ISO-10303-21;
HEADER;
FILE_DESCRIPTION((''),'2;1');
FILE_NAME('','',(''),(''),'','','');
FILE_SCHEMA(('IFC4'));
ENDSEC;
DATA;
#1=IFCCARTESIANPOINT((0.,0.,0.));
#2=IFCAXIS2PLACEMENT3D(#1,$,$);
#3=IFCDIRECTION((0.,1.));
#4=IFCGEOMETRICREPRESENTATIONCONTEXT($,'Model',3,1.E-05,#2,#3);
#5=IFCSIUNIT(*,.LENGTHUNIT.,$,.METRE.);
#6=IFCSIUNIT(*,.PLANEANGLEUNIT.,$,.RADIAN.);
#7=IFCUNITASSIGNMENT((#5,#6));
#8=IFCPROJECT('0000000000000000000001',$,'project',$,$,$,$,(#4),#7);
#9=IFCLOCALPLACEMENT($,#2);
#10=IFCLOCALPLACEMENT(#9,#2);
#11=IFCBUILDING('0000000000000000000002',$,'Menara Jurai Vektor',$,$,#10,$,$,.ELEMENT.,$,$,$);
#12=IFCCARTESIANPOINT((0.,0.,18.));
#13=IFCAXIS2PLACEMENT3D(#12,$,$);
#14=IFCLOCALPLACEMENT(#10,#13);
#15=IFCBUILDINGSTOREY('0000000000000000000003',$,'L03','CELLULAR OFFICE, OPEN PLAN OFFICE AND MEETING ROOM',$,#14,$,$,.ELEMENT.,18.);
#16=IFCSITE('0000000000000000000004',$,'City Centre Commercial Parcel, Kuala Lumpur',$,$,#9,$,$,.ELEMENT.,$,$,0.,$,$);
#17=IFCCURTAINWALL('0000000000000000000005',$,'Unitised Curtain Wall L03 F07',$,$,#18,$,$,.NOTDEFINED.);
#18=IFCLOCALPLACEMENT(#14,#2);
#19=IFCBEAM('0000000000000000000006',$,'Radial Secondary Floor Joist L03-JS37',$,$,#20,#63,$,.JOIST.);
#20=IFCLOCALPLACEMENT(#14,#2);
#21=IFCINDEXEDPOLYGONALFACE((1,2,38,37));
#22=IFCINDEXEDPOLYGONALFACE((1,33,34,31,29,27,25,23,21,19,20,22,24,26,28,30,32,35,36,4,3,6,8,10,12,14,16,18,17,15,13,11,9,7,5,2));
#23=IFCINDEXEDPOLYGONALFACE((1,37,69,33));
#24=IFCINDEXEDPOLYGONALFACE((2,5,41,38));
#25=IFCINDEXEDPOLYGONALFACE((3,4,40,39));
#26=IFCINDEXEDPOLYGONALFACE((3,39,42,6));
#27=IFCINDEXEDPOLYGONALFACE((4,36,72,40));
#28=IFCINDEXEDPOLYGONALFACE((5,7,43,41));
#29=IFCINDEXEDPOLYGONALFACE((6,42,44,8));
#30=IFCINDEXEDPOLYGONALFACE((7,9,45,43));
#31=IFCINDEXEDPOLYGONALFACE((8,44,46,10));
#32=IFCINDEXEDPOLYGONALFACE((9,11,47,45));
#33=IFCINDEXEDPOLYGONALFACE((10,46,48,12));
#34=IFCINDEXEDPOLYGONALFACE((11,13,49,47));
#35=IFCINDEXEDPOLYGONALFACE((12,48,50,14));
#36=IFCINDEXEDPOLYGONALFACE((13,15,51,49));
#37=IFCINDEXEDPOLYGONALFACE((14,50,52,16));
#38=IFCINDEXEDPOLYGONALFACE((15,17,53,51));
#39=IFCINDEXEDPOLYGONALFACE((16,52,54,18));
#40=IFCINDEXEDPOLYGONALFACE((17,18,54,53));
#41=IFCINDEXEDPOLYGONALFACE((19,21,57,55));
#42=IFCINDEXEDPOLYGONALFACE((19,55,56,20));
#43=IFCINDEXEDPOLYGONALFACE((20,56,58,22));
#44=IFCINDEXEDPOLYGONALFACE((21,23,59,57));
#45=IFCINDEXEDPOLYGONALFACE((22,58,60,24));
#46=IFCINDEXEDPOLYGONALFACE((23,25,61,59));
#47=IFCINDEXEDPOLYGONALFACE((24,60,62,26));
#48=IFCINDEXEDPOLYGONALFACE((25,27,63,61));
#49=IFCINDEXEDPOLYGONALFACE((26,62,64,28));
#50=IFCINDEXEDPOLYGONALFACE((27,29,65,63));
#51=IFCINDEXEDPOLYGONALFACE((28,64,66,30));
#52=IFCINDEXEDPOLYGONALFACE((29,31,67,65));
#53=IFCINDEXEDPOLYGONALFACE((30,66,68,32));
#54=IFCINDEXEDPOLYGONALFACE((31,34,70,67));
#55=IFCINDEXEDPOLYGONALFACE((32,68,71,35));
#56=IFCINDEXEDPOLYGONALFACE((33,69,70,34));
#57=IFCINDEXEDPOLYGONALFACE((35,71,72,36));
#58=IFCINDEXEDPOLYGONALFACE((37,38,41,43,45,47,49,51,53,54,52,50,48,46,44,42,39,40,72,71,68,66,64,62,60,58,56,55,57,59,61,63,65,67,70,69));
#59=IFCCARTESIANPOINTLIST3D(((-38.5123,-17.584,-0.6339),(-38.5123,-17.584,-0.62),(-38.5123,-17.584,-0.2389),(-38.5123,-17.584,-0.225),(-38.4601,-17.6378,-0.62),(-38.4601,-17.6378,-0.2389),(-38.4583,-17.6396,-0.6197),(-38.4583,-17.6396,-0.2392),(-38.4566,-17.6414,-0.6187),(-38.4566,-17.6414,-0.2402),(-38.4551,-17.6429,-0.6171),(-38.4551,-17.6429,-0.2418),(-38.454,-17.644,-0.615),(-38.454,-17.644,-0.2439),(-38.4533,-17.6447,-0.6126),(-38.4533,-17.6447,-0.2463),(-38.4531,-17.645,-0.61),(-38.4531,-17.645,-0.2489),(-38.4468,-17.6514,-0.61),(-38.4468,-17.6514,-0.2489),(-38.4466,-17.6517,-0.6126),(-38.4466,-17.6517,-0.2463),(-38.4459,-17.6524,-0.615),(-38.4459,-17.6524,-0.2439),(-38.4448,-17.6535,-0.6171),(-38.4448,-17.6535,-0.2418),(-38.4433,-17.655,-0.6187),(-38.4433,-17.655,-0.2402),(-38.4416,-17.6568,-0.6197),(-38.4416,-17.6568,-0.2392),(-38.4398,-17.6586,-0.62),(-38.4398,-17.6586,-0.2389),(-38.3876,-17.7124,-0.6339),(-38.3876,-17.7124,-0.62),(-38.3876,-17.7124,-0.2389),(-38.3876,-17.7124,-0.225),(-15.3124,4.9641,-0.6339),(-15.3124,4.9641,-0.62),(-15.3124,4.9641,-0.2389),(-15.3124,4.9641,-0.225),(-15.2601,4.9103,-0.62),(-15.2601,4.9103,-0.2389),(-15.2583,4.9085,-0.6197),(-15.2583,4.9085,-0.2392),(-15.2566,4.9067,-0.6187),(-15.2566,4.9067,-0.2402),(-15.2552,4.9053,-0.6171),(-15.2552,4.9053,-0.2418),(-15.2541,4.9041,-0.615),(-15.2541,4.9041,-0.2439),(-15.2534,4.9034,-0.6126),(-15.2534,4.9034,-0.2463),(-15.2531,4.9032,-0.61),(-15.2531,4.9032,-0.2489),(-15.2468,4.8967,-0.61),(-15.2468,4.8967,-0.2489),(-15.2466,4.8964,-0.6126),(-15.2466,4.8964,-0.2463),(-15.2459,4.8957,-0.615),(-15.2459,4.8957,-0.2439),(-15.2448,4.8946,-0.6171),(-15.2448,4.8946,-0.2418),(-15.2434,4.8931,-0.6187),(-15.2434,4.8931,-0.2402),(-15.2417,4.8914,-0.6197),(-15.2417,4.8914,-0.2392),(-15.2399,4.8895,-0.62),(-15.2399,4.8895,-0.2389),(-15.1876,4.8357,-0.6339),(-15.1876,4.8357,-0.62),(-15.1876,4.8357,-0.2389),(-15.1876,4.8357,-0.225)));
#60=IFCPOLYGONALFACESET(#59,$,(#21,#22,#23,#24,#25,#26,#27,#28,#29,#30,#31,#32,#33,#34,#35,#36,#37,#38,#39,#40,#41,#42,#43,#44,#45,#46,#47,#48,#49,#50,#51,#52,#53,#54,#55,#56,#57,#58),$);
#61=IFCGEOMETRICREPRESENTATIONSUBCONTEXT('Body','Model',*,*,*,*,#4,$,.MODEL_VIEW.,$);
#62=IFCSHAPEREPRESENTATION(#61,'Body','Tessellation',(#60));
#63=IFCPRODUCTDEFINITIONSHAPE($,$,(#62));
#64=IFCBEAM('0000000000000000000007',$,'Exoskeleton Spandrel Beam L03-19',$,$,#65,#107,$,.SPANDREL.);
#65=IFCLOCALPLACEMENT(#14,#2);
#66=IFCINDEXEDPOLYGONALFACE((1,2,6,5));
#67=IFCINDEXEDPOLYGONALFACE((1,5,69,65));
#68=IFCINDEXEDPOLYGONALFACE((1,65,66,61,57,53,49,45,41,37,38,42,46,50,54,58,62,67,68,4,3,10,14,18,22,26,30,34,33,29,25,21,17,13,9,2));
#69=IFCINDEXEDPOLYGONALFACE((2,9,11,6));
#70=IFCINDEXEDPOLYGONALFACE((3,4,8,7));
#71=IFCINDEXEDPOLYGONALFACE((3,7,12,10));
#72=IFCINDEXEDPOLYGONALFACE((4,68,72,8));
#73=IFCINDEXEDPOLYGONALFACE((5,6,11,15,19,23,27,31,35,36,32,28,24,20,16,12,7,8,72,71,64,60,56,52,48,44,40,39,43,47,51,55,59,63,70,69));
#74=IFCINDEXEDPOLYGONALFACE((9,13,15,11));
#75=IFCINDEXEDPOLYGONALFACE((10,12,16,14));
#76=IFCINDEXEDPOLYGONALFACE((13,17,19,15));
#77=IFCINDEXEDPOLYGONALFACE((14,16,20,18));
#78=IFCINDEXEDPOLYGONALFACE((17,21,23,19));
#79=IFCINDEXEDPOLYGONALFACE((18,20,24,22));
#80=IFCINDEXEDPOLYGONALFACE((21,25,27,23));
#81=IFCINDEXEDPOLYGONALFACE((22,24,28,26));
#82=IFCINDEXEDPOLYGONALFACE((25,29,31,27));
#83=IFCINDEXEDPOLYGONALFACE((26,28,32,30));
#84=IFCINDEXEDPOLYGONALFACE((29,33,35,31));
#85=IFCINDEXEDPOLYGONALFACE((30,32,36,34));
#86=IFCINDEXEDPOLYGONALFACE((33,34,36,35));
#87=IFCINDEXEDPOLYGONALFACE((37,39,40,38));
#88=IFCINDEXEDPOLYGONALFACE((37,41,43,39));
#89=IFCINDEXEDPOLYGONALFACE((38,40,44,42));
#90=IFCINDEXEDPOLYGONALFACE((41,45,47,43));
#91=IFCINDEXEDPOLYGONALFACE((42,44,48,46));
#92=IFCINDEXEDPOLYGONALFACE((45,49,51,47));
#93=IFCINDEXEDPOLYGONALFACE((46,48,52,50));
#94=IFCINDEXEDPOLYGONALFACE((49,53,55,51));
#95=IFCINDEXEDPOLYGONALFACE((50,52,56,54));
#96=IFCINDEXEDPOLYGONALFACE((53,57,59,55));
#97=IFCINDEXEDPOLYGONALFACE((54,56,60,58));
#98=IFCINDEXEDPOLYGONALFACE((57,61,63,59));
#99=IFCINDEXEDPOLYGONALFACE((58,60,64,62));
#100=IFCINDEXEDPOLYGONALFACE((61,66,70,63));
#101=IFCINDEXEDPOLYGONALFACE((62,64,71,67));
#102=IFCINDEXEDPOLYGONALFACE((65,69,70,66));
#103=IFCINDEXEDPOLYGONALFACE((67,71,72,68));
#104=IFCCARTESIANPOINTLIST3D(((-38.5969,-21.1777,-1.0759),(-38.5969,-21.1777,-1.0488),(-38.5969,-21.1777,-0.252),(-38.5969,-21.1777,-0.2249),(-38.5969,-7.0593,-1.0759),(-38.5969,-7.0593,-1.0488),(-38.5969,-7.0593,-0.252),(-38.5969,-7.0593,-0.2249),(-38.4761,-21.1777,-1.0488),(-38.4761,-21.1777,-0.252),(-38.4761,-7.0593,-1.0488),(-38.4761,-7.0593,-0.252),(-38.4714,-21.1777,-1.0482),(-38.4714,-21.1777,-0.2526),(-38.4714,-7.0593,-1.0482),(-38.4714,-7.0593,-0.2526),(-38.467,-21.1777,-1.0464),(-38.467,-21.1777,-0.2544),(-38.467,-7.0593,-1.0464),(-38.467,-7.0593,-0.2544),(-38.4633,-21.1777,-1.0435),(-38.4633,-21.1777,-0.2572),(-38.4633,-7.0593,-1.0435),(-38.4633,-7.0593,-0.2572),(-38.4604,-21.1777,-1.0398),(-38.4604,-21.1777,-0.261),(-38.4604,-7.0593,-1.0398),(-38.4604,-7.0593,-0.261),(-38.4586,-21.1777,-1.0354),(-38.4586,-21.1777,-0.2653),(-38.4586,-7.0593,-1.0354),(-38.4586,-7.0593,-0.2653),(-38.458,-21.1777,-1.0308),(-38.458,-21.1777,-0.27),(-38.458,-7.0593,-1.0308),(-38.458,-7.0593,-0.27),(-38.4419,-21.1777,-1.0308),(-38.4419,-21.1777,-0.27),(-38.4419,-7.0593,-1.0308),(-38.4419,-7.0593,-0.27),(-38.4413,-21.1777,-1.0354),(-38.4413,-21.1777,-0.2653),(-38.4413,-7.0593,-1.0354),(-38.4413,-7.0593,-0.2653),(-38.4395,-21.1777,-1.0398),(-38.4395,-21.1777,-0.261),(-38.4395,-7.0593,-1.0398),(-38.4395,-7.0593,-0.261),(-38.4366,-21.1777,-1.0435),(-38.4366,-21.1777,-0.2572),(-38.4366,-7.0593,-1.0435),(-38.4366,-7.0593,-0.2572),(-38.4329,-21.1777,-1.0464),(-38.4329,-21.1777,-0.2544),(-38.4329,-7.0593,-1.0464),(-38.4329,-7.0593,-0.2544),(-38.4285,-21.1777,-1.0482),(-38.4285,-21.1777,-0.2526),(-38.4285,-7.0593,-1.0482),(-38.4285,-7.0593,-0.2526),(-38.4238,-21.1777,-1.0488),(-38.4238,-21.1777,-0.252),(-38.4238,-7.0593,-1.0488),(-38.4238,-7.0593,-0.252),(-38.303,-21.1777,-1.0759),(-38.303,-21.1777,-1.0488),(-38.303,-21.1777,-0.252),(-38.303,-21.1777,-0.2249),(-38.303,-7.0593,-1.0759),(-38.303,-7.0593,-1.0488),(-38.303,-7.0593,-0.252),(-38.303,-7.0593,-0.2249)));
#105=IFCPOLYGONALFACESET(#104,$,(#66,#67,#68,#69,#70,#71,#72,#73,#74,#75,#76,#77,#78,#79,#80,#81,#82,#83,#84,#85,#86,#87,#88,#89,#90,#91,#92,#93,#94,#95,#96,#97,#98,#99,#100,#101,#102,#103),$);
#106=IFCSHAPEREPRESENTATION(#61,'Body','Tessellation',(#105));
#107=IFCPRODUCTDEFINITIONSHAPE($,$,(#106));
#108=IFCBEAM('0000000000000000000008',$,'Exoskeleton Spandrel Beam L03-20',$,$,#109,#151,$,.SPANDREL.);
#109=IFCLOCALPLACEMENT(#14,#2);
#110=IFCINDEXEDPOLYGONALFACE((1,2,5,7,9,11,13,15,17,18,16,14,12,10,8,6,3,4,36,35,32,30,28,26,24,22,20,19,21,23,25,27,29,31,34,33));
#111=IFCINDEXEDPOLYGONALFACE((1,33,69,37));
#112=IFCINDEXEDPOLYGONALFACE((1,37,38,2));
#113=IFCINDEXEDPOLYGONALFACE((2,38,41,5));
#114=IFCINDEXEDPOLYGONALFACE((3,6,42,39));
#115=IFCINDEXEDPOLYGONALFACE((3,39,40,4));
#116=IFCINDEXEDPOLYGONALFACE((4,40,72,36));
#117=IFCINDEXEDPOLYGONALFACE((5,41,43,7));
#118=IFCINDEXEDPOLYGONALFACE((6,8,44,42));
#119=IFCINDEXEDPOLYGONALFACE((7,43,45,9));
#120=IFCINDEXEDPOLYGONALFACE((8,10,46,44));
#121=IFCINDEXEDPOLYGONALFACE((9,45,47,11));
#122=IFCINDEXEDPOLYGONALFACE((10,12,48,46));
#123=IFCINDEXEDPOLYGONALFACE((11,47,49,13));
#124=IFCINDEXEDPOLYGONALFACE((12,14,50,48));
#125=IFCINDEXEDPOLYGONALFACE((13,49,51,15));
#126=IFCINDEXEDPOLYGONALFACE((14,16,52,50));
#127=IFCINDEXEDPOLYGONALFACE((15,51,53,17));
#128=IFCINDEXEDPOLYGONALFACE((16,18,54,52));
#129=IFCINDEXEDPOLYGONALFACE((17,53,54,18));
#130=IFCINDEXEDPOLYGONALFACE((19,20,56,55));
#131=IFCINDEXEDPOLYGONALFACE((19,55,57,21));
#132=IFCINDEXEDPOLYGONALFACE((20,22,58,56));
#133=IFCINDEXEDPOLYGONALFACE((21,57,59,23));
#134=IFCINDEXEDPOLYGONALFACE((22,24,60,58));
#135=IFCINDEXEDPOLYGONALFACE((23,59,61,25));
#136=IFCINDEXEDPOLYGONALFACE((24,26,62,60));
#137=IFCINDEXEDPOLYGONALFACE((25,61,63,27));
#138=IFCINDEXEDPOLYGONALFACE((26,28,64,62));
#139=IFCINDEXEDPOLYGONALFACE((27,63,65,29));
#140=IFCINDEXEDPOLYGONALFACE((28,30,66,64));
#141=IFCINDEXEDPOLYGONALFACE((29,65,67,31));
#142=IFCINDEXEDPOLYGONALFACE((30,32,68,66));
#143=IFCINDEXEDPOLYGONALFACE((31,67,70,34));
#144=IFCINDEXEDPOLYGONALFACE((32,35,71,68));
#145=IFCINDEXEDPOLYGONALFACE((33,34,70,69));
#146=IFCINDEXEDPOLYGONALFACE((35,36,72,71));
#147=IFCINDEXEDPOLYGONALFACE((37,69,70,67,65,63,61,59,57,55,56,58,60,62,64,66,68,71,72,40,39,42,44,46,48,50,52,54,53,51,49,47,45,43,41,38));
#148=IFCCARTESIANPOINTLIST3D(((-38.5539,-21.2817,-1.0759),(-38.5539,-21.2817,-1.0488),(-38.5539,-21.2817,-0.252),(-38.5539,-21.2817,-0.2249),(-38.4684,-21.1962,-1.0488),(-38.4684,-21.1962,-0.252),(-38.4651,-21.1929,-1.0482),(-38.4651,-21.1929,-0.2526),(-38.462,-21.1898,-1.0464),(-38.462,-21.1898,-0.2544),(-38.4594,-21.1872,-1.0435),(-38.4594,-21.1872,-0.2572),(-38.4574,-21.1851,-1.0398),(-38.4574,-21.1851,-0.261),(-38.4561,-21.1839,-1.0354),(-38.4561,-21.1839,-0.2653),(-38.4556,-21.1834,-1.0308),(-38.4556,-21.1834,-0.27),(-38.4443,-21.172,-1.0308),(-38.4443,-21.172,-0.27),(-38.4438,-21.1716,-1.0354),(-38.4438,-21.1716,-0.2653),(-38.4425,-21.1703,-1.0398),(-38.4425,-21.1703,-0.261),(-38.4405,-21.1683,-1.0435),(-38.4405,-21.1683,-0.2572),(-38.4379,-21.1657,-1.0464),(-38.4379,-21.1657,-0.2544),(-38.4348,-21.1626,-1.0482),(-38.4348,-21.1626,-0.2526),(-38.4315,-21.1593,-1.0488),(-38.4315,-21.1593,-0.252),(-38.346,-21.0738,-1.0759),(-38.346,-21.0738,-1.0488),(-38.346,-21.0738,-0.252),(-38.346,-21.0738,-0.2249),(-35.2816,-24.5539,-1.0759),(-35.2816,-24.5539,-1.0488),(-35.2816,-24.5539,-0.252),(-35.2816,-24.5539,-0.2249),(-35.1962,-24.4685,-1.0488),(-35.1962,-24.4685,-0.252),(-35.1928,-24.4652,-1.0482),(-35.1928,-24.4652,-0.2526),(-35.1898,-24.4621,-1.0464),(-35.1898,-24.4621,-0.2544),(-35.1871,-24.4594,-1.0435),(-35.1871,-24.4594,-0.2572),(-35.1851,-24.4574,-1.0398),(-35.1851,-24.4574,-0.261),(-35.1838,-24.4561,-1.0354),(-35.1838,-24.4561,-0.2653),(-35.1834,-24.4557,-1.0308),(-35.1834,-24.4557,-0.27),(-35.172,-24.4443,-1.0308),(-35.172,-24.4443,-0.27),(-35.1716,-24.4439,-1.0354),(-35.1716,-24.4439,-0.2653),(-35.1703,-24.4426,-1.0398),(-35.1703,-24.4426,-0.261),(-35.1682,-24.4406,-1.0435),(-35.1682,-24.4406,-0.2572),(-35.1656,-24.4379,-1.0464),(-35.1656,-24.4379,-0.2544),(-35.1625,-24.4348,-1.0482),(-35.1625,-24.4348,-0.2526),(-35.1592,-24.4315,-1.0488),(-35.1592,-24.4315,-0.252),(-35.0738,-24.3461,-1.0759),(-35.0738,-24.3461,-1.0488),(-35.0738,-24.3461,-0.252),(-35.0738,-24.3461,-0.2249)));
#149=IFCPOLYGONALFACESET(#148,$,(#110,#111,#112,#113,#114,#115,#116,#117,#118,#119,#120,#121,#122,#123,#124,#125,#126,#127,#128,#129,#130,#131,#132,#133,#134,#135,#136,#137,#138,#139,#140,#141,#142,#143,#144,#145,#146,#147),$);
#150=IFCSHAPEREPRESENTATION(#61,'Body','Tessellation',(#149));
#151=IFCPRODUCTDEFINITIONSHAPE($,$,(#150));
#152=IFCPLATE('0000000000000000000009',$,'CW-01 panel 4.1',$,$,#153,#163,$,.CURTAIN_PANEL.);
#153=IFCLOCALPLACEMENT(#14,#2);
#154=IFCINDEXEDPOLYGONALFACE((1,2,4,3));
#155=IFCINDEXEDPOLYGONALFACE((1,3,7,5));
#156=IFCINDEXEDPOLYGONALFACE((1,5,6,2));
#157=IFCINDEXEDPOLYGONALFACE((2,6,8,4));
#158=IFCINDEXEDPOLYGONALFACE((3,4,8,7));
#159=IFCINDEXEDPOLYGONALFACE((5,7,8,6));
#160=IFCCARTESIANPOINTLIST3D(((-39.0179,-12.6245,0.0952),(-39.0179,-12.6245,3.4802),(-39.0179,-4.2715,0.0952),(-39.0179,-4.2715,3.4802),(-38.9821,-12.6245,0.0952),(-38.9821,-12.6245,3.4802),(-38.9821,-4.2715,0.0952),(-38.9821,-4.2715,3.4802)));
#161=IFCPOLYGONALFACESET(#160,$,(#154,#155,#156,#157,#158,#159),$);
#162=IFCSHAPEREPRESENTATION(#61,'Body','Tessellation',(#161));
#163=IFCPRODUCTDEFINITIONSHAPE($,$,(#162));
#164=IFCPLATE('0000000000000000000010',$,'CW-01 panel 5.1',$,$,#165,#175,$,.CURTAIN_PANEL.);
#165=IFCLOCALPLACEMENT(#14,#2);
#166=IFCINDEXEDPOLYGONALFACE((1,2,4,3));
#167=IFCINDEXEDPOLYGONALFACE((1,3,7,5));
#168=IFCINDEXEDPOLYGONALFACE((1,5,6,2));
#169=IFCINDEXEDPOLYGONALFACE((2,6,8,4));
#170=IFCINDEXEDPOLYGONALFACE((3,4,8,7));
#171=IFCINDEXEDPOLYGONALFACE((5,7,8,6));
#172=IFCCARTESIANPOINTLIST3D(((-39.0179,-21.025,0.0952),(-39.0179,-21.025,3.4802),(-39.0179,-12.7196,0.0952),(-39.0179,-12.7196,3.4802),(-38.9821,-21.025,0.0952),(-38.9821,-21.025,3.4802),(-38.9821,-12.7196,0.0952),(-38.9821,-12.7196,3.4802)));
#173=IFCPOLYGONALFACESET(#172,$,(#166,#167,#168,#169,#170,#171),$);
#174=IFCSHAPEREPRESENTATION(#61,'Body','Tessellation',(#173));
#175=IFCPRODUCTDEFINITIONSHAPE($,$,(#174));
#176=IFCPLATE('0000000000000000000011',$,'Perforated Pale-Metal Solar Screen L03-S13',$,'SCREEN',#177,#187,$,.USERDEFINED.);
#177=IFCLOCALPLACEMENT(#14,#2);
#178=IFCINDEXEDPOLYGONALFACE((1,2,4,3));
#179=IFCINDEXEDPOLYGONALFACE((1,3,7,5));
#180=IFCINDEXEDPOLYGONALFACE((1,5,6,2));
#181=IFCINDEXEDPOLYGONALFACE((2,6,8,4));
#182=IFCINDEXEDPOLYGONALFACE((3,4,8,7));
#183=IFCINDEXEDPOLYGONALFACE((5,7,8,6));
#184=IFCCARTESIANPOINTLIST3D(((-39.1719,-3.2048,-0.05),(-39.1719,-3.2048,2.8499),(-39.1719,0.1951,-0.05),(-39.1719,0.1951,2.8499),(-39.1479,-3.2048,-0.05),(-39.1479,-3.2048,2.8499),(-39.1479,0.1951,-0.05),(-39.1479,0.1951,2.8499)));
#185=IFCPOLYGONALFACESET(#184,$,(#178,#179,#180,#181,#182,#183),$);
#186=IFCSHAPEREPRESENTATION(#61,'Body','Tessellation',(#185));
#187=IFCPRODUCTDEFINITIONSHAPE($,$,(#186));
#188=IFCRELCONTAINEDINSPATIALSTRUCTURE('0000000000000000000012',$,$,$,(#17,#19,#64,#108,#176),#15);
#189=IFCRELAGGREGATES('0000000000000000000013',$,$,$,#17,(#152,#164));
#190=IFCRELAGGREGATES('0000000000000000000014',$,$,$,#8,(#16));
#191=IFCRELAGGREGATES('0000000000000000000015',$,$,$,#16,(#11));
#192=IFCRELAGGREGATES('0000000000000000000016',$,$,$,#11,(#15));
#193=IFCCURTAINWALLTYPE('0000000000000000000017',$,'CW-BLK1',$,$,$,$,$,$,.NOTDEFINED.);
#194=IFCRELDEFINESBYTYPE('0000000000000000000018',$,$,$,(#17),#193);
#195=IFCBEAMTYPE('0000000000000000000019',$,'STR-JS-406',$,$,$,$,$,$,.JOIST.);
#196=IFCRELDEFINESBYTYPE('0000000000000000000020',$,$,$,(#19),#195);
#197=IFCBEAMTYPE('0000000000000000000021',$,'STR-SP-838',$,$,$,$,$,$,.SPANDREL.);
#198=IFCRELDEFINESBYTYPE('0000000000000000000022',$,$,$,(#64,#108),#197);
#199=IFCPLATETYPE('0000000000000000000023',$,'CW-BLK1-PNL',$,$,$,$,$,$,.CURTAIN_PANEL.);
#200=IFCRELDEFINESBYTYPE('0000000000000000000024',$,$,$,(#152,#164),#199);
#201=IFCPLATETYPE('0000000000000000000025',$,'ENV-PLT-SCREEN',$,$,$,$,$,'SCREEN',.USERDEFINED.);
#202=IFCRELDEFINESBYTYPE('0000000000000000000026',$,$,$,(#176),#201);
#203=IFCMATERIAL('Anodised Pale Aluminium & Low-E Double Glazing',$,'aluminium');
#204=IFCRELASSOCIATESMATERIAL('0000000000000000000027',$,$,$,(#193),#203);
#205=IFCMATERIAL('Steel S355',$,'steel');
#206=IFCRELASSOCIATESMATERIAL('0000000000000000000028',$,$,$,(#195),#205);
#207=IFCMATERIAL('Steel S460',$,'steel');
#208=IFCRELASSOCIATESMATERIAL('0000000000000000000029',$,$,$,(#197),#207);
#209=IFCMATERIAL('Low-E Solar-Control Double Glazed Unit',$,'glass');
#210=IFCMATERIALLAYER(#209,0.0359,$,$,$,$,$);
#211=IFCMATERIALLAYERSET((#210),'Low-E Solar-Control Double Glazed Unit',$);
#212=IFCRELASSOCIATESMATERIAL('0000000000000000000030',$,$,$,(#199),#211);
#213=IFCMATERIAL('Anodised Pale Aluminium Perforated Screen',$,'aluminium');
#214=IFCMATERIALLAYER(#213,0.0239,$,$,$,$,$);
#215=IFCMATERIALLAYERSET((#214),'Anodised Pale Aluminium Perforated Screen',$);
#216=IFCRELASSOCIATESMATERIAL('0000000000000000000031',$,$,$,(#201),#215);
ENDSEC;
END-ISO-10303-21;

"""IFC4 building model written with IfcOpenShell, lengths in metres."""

from ifc_helpers import new_model, si_unit, direction, frame, origin, origin_2d, place, context, subcontext, project, spatial, rectangle, i_section, extrude, material, layer, layer_set, material_profile, profile_set, type_object, element, aggregate, save


model = new_model("IFC4")

# Units and contexts
model_context = context("Model", 3, precision=1e-05, world=origin(), true_north=direction((0.0, 1.0)))
body_context = subcontext(model_context, "Body", "Model", "MODEL_VIEW")
ifc_project = project(units=[si_unit("LENGTHUNIT", "METRE"), si_unit("PLANEANGLEUNIT", "RADIAN")], contexts=[model_context])

# Site, building, storey
site_placement = place(None, origin())
site = spatial("IfcSite", under=ifc_project, at=site_placement, Name="City Centre Commercial Parcel, Kuala Lumpur", CompositionType="ELEMENT", RefElevation=0.0)
building_placement = place(site_placement, origin())
building = spatial("IfcBuilding", under=site, at=building_placement, Name="Menara Jurai Vektor", CompositionType="ELEMENT")
storey_placement = place(building_placement, frame((0.0, 0.0, 18.0)))
storey = spatial("IfcBuildingStorey", under=building, at=storey_placement, Name="L03", Description="CELLULAR OFFICE, OPEN PLAN OFFICE AND MEETING ROOM", CompositionType="ELEMENT", Elevation=18.0)

# Shared definitions
ifc_material_1 = material(Name="Steel S460", Category="steel")

# Curtain wall
ifc_material_2 = material(Name="Anodised Pale Aluminium & Low-E Double Glazing", Category="aluminium")
curtain_wall_type = type_object("IfcCurtainWallType", Name="CW-BLK1", PredefinedType="NOTDEFINED", material=ifc_material_2)
curtain_wall_1_placement = place(storey_placement, origin())
curtain_wall_1 = element("IfcCurtainWall", 1, at=curtain_wall_1_placement, inside=storey, type_object=curtain_wall_type, Name="Unitised Curtain Wall L03 F07", PredefinedType="NOTDEFINED")

# Beams
ifc_material_3 = material(Name="Steel S355", Category="steel")
ifc_material_profile_1 = material_profile(ifc_material_3, i_section(OverallWidth=0.179, OverallDepth=0.4089, WebThickness=0.009, FlangeThickness=0.0139, FilletRadius=0.01, at=origin_2d()), Name="UKB 406x178x67")
ifc_profile_set_1 = profile_set([ifc_material_profile_1], Name="Steel S355")
beam_type_1 = type_object("IfcBeamType", Name="STR-JS-406", PredefinedType="JOIST", material=ifc_profile_set_1)
beam_1_placement = place(storey_placement, frame((-38.45, -17.6482, -0.4294), z_axis=(0.717109, 0.696961, 0.0), x_axis=(-0.696961, 0.717109, 0.0)))
element("IfcBeam", 2, at=beam_1_placement, inside=storey, type_object=beam_type_1, Name="Radial Secondary Floor Joist L03-JS37", PredefinedType="JOIST", context=body_context, shape_type="SweptSolid", body=[
    extrude(i_section(OverallWidth=0.179, OverallDepth=0.4089, WebThickness=0.009, FlangeThickness=0.0139, FilletRadius=0.01, at=origin_2d()), origin(), (0.0, 0.0, 1.0), 32.3521),
])
ifc_material_profile_2 = material_profile(ifc_material_1, i_section(OverallWidth=0.2939, OverallDepth=0.8511, WebThickness=0.0161, FlangeThickness=0.0271, FilletRadius=0.0181, at=origin_2d()), Name="UKB 838x292x226")
ifc_profile_set_2 = profile_set([ifc_material_profile_2], Name="Steel S460")
beam_type_2 = type_object("IfcBeamType", Name="STR-SP-838", PredefinedType="SPANDREL", material=ifc_profile_set_2)
beam_2_placement = place(storey_placement, frame((-38.45, -7.0593, -0.6504), z_axis=(0.0, -1.0, 0.0), x_axis=(1.0, 0.0, 0.0)))
element("IfcBeam", 3, at=beam_2_placement, inside=storey, type_object=beam_type_2, Name="Exoskeleton Spandrel Beam L03-19", PredefinedType="SPANDREL", context=body_context, shape_type="SweptSolid", body=[
    extrude(i_section(OverallWidth=0.2939, OverallDepth=0.8511, WebThickness=0.0161, FlangeThickness=0.0271, FilletRadius=0.0181, at=origin_2d()), origin(), (0.0, 0.0, 1.0), 14.1184),
])
beam_3_placement = place(storey_placement, frame((-38.45, -21.1777, -0.6504), z_axis=(0.707107, -0.707107, 0.0), x_axis=(0.707107, 0.707107, 0.0)))
element("IfcBeam", 4, at=beam_3_placement, inside=storey, type_object=beam_type_2, Name="Exoskeleton Spandrel Beam L03-20", PredefinedType="SPANDREL", context=body_context, shape_type="SweptSolid", body=[
    extrude(i_section(OverallWidth=0.2939, OverallDepth=0.8511, WebThickness=0.0161, FlangeThickness=0.0271, FilletRadius=0.0181, at=origin_2d()), origin(), (0.0, 0.0, 1.0), 4.6277),
])

# Plates
ifc_material_4 = material(Name="Low-E Solar-Control Double Glazed Unit", Category="glass")
ifc_layer_1 = layer(ifc_material_4, 0.0359)
ifc_layer_set_1 = layer_set([ifc_layer_1], Name="Low-E Solar-Control Double Glazed Unit")
plate_type_1 = type_object("IfcPlateType", Name="CW-BLK1-PNL", PredefinedType="CURTAIN_PANEL", material=ifc_layer_set_1)
plate_1_placement = place(storey_placement, frame((-39.0, -8.448, 0.0952), z_axis=(0.0, 0.0, 1.0), x_axis=(0.0, -1.0, 0.0)))
plate_1 = element("IfcPlate", 5, at=plate_1_placement, type_object=plate_type_1, Name="CW-01 panel 4.1", PredefinedType="CURTAIN_PANEL", context=body_context, shape_type="SweptSolid", body=[
    extrude(rectangle(XDim=8.353, YDim=0.0359, at=origin_2d()), origin(), (0.0, 0.0, 1.0), 3.385),
])
plate_2_placement = place(storey_placement, frame((-39.0, -16.8723, 0.0952), z_axis=(0.0, 0.0, 1.0), x_axis=(0.0, -1.0, 0.0)))
plate_2 = element("IfcPlate", 6, at=plate_2_placement, type_object=plate_type_1, Name="CW-01 panel 5.1", PredefinedType="CURTAIN_PANEL", context=body_context, shape_type="SweptSolid", body=[
    extrude(rectangle(XDim=8.3054, YDim=0.0359, at=origin_2d()), origin(), (0.0, 0.0, 1.0), 3.385),
])
aggregate(curtain_wall_1, [plate_1, plate_2])

# Plate
ifc_material_5 = material(Name="Anodised Pale Aluminium Perforated Screen", Category="aluminium")
ifc_layer_2 = layer(ifc_material_5, 0.0239)
ifc_layer_set_2 = layer_set([ifc_layer_2], Name="Anodised Pale Aluminium Perforated Screen")
plate_type_2 = type_object("IfcPlateType", Name="ENV-PLT-SCREEN", ElementType="SCREEN", PredefinedType="USERDEFINED", material=ifc_layer_set_2)
for number, where, z_axis, x_axis, name in (
    (7, (-39.1599, -1.5049, -0.05), (0.0, 0.0, 1.0), (0.0, -1.0, 0.0), "Perforated Pale-Metal Solar Screen L03-S13"),
):
    element("IfcPlate", number, at=place(storey_placement, frame(where, z_axis=z_axis, x_axis=x_axis)), inside=storey, type_object=plate_type_2, Name=name, ObjectType="SCREEN", PredefinedType="USERDEFINED", context=body_context, shape_type="SweptSolid", body=[
        extrude(rectangle(XDim=3.3999, YDim=0.0239, at=origin_2d()), origin(), (0.0, 0.0, 1.0), 2.8999),
    ])

save(model, "model.ifc")
